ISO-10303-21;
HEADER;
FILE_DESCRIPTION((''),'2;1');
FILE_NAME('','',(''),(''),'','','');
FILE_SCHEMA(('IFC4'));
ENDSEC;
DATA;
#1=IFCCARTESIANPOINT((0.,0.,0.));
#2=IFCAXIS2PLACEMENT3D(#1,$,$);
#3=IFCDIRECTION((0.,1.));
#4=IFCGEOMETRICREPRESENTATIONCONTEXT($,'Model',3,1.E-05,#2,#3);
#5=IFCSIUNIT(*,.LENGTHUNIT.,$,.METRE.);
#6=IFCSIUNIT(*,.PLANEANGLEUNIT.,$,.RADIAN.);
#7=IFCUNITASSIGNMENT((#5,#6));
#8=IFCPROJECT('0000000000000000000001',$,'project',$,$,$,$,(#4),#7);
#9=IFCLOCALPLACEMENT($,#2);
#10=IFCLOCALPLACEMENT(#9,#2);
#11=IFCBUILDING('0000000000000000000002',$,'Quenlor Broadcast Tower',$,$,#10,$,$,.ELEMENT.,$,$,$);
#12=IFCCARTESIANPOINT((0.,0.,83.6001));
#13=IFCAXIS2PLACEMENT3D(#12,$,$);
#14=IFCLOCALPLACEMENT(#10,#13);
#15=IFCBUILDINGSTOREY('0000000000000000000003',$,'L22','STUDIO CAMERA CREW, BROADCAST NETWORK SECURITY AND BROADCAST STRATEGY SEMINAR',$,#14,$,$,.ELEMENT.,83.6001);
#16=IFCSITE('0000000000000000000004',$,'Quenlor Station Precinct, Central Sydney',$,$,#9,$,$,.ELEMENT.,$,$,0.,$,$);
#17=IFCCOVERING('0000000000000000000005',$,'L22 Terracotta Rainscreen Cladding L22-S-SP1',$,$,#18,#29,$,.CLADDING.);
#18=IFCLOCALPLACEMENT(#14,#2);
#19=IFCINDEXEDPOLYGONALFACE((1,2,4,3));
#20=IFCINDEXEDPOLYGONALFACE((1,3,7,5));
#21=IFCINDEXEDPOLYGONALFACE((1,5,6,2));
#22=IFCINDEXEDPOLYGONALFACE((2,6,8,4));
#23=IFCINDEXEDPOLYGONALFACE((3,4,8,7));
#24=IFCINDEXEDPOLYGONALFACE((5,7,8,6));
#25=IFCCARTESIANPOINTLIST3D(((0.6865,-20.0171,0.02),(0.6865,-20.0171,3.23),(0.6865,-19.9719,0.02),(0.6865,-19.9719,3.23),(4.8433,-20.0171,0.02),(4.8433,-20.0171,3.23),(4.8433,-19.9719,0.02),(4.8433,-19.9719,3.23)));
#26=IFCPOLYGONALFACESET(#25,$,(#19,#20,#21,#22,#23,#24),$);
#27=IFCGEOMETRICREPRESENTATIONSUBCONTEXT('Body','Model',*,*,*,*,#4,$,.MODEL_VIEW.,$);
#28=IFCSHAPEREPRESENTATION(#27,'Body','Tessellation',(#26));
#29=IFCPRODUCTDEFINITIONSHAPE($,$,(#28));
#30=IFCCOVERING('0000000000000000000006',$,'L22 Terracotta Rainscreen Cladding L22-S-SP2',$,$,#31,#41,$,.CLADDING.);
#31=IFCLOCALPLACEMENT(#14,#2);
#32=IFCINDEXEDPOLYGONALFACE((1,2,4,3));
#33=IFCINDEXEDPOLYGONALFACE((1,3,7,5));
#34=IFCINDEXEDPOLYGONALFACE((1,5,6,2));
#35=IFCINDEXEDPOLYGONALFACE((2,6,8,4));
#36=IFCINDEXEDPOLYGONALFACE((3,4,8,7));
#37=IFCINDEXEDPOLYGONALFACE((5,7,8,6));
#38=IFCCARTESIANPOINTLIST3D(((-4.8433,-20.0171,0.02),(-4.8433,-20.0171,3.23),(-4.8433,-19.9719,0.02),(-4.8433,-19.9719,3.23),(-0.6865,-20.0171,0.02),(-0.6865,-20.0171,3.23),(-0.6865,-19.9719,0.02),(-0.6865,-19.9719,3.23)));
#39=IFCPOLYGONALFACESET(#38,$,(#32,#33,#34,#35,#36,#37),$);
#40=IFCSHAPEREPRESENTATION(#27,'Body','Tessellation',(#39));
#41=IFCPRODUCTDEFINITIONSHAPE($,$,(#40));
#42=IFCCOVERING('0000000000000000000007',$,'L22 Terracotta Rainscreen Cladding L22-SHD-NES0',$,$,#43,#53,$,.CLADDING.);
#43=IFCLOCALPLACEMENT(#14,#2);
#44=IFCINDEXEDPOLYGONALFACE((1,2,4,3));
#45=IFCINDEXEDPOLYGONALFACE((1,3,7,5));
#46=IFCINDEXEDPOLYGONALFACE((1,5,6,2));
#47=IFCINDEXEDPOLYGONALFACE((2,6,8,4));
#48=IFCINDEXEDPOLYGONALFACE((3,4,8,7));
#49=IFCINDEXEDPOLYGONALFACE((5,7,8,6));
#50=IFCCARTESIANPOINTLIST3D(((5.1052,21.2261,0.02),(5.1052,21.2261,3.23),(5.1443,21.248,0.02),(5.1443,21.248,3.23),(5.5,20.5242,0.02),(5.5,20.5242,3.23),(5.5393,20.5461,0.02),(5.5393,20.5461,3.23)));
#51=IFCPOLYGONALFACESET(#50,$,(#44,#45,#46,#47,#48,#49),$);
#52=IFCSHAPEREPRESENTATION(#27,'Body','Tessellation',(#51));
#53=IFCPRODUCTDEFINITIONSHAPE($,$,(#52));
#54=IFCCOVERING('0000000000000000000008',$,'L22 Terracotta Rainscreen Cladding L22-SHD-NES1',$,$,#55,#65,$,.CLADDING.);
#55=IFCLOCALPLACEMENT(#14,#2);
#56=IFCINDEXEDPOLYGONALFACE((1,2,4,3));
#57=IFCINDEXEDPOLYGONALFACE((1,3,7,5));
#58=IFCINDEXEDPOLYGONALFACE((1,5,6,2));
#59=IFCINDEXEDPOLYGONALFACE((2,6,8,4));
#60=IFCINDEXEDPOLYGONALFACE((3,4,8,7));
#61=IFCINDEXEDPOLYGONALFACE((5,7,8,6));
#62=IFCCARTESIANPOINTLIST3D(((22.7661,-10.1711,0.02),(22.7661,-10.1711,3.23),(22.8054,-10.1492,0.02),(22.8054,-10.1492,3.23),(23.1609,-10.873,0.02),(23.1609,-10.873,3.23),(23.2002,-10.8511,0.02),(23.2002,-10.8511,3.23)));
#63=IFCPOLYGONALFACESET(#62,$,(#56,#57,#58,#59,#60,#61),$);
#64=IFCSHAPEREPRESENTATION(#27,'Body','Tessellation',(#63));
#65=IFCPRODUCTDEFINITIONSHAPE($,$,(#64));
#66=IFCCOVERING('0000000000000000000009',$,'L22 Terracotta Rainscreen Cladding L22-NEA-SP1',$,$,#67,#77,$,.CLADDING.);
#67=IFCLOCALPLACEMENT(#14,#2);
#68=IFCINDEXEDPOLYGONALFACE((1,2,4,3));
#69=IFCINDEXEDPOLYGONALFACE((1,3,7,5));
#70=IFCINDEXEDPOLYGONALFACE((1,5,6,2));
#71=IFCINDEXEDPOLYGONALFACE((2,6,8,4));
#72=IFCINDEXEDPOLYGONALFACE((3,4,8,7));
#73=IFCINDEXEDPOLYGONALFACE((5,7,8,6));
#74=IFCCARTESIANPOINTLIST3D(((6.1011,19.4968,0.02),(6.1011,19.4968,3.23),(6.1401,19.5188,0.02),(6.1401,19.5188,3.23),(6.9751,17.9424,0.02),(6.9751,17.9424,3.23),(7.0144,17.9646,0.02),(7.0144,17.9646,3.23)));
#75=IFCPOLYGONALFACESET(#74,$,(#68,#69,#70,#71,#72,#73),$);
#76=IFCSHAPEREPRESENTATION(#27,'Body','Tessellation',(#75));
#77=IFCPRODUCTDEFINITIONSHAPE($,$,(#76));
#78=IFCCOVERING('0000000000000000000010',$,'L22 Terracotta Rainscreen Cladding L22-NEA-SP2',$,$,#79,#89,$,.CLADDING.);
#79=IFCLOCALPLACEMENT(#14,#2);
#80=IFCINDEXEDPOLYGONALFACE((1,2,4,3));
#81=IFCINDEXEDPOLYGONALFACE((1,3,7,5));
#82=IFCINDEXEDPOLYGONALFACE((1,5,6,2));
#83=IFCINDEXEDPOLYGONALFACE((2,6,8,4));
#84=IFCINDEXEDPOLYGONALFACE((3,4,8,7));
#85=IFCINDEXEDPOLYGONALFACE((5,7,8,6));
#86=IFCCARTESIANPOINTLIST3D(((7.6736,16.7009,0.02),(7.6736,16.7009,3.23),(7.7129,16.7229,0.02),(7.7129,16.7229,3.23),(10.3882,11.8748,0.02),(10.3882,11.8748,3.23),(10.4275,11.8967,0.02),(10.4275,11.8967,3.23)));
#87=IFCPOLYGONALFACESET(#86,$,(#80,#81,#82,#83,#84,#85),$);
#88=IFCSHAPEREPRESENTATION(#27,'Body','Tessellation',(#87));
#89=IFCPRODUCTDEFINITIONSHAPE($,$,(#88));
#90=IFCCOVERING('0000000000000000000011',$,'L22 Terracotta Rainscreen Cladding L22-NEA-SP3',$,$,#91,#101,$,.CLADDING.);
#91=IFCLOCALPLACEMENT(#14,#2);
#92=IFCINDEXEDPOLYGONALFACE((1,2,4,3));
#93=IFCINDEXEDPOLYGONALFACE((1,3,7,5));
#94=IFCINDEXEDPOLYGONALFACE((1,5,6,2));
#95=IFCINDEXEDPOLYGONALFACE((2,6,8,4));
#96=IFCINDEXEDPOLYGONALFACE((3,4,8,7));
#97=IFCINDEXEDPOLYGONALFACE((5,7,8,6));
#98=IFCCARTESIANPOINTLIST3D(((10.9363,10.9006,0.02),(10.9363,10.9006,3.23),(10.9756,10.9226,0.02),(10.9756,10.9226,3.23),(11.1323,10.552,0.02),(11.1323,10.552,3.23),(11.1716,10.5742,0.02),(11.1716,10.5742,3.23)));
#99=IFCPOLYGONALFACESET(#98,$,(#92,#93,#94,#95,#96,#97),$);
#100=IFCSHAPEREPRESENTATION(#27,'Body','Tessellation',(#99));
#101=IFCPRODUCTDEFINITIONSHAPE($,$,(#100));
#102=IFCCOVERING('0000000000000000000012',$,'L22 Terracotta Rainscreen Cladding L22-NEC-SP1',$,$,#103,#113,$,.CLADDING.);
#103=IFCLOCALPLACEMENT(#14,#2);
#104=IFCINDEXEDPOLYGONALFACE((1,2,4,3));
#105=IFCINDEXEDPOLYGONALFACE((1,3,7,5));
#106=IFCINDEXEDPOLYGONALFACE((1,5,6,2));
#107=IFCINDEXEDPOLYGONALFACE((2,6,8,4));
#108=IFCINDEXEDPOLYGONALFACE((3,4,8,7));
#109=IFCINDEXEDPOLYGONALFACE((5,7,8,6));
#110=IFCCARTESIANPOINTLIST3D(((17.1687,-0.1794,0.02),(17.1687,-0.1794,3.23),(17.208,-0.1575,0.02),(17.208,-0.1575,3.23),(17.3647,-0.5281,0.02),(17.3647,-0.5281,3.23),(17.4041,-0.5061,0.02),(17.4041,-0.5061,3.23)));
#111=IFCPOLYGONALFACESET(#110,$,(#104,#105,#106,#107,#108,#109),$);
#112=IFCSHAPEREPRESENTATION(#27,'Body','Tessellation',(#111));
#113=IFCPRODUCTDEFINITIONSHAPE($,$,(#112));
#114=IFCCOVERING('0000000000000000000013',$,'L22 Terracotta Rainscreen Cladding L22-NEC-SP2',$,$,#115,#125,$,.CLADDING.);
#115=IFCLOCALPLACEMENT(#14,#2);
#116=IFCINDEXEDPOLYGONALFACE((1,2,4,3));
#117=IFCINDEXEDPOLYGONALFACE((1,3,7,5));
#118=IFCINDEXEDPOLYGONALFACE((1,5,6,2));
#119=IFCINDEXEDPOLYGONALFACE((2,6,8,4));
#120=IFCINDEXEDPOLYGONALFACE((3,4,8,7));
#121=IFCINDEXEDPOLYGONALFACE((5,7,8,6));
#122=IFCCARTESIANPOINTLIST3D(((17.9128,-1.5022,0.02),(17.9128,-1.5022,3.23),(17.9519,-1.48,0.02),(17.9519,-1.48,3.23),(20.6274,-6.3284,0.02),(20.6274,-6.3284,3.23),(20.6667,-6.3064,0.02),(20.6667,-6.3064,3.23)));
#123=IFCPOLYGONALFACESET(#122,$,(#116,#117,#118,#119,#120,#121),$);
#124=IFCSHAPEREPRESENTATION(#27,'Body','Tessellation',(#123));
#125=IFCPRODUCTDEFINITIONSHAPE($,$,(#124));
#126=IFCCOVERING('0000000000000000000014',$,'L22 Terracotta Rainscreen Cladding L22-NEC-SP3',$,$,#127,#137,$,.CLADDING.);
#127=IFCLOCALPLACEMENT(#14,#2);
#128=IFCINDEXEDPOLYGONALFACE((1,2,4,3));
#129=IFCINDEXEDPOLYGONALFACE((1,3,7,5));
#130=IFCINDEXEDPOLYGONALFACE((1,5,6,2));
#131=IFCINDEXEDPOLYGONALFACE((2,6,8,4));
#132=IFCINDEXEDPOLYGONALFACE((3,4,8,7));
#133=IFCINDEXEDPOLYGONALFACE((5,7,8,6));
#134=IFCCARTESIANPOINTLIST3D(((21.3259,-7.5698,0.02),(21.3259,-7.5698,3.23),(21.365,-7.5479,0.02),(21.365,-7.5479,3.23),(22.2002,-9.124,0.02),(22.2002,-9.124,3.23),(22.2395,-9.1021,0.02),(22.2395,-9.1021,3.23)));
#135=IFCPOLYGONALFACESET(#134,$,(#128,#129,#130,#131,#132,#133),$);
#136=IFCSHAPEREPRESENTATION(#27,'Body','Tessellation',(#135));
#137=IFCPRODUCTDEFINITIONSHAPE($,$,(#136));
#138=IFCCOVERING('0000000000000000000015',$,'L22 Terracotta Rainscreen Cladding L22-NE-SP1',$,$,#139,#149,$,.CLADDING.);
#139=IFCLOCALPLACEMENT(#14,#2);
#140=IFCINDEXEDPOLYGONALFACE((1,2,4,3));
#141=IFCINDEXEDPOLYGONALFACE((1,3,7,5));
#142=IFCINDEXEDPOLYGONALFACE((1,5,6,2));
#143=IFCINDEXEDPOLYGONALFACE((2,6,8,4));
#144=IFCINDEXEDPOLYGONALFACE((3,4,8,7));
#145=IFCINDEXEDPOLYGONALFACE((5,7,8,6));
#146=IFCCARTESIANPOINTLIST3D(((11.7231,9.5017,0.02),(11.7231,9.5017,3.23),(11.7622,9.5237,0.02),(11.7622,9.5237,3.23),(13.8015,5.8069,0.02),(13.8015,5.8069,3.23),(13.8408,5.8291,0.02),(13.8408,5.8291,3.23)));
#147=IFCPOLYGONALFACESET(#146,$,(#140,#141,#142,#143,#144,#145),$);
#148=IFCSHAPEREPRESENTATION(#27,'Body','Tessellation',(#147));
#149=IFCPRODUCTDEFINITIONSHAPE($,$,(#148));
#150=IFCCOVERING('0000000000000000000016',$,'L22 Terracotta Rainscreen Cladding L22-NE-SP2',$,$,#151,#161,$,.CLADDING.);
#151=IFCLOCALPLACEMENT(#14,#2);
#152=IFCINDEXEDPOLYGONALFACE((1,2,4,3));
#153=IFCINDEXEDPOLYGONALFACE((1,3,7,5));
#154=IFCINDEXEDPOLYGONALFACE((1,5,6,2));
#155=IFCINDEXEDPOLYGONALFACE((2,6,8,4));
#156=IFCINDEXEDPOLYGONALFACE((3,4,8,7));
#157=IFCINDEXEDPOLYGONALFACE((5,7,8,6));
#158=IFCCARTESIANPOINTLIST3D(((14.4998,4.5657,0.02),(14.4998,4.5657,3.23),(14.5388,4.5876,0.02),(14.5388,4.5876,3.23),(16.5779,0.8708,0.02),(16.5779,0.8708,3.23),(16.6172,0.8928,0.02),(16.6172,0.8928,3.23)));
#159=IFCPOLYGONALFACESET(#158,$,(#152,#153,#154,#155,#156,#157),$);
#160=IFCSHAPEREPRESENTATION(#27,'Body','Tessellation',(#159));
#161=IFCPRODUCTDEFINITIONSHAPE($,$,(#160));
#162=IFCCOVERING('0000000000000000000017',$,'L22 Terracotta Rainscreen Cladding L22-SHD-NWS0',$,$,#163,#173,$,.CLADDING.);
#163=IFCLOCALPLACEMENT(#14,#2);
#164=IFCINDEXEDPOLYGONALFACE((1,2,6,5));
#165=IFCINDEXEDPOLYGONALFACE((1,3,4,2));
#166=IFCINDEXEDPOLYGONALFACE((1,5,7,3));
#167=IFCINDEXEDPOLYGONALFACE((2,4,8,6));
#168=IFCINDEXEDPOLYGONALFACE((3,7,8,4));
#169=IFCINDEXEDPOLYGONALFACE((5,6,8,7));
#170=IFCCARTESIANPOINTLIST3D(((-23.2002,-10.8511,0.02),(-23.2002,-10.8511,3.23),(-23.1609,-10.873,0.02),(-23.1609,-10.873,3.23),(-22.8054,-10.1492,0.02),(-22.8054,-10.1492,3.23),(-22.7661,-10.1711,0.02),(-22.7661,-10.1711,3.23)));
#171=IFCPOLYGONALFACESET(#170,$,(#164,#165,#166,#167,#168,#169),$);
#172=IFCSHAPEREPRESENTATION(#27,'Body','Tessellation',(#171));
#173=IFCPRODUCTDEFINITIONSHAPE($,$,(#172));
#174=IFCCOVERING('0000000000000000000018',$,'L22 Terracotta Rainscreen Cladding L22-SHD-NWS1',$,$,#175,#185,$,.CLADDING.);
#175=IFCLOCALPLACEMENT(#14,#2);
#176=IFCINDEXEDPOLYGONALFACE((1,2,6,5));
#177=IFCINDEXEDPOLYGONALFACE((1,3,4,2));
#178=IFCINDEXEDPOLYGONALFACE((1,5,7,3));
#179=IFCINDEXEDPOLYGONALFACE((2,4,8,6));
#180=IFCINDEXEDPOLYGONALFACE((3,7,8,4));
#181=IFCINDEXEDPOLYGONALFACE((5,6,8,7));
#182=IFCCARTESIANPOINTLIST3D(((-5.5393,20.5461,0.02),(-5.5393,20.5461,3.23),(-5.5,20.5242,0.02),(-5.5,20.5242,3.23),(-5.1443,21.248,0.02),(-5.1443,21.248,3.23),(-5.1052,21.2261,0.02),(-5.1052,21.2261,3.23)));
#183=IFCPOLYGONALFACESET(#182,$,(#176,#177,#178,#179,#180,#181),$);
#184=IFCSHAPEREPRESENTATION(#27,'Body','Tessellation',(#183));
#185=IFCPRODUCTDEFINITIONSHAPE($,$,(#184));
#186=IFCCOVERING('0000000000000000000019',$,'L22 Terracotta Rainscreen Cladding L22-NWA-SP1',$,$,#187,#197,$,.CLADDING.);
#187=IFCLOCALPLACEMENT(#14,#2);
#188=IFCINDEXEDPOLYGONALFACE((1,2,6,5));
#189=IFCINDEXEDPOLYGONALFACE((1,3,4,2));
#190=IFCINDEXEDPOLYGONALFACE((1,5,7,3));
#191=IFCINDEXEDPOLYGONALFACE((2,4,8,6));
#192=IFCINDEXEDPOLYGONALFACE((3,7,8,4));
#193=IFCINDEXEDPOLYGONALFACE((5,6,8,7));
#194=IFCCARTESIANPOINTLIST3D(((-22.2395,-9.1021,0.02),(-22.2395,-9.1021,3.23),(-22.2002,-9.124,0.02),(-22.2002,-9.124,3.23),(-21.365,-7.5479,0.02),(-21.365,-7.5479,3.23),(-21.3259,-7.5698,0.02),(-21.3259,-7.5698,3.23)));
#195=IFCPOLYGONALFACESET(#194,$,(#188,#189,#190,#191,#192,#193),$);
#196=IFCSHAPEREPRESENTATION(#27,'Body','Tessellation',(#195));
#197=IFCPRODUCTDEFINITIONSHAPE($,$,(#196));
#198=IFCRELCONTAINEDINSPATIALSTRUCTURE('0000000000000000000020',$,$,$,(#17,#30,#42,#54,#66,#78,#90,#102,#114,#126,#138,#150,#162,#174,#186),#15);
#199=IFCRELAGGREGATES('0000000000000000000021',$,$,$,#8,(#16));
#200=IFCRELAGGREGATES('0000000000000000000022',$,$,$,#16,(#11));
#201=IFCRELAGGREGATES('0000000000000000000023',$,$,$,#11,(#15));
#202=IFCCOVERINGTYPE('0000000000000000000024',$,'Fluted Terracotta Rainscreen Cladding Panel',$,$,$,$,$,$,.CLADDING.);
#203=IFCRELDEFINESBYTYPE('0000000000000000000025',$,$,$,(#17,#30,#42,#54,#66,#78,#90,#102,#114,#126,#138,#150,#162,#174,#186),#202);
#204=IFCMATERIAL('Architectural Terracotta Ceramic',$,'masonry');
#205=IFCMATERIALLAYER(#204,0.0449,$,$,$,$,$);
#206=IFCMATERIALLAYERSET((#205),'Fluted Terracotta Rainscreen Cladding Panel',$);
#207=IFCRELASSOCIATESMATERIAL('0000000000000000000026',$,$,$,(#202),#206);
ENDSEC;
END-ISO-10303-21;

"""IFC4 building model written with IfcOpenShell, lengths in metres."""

from ifc_helpers import new_model, si_unit, direction, frame, origin, place, context, subcontext, project, spatial, polyline, outline, extrude, material, layer, layer_set, type_object, element, save


model = new_model("IFC4")

# Units and contexts
model_context = context("Model", 3, precision=1e-05, world=origin(), true_north=direction((0.0, 1.0)))
body_context = subcontext(model_context, "Body", "Model", "MODEL_VIEW")
ifc_project = project(units=[si_unit("LENGTHUNIT", "METRE"), si_unit("PLANEANGLEUNIT", "RADIAN")], contexts=[model_context])

# Site, building, storey
site_placement = place(None, origin())
site = spatial("IfcSite", under=ifc_project, at=site_placement, Name="Quenlor Station Precinct, Central Sydney", CompositionType="ELEMENT", RefElevation=0.0)
building_placement = place(site_placement, origin())
building = spatial("IfcBuilding", under=site, at=building_placement, Name="Quenlor Broadcast Tower", CompositionType="ELEMENT")
storey_placement = place(building_placement, frame((0.0, 0.0, 83.6001)))
storey = spatial("IfcBuildingStorey", under=building, at=storey_placement, Name="L22", Description="STUDIO CAMERA CREW, BROADCAST NETWORK SECURITY AND BROADCAST STRATEGY SEMINAR", CompositionType="ELEMENT", Elevation=83.6001)

# Coverings
ifc_material_1 = material(Name="Architectural Terracotta Ceramic", Category="masonry")
ifc_layer_1 = layer(ifc_material_1, 0.0449)
ifc_layer_set_1 = layer_set([ifc_layer_1], Name="Fluted Terracotta Rainscreen Cladding Panel")
covering_type = type_object("IfcCoveringType", Name="Fluted Terracotta Rainscreen Cladding Panel", PredefinedType="CLADDING", material=ifc_layer_set_1)
covering_1_placement = place(storey_placement, frame((0.0, 0.0, 0.02)))
element("IfcCovering", 1, at=covering_1_placement, inside=storey, type_object=covering_type, Name="L22 Terracotta Rainscreen Cladding L22-S-SP1", PredefinedType="CLADDING", context=body_context, shape_type="SweptSolid", body=[
    extrude(outline(polyline([(4.8433, -19.9719), (0.6865, -19.9719), (0.6865, -20.0171), (4.8433, -20.0171), (4.8433, -19.9719)])), origin(), (0.0, 0.0, 1.0), 3.21),
])
covering_2_placement = place(storey_placement, frame((0.0, 0.0, 0.02)))
element("IfcCovering", 2, at=covering_2_placement, inside=storey, type_object=covering_type, Name="L22 Terracotta Rainscreen Cladding L22-S-SP2", PredefinedType="CLADDING", context=body_context, shape_type="SweptSolid", body=[
    extrude(outline(polyline([(-0.6865, -19.9719), (-4.8433, -19.9719), (-4.8433, -20.0171), (-0.6865, -20.0171), (-0.6865, -19.9719)])), origin(), (0.0, 0.0, 1.0), 3.21),
])
covering_3_placement = place(storey_placement, frame((0.0, 0.0, 0.02)))
element("IfcCovering", 3, at=covering_3_placement, inside=storey, type_object=covering_type, Name="L22 Terracotta Rainscreen Cladding L22-SHD-NES0", PredefinedType="CLADDING", context=body_context, shape_type="SweptSolid", body=[
    extrude(outline(polyline([(5.1052, 21.2261), (5.5, 20.5242), (5.5393, 20.5461), (5.1443, 21.248), (5.1052, 21.2261)])), origin(), (0.0, 0.0, 1.0), 3.21),
])
covering_4_placement = place(storey_placement, frame((0.0, 0.0, 0.02)))
element("IfcCovering", 4, at=covering_4_placement, inside=storey, type_object=covering_type, Name="L22 Terracotta Rainscreen Cladding L22-SHD-NES1", PredefinedType="CLADDING", context=body_context, shape_type="SweptSolid", body=[
    extrude(outline(polyline([(22.7661, -10.1711), (23.1609, -10.873), (23.2002, -10.8511), (22.8054, -10.1492), (22.7661, -10.1711)])), origin(), (0.0, 0.0, 1.0), 3.21),
])
covering_5_placement = place(storey_placement, frame((0.0, 0.0, 0.02)))
element("IfcCovering", 5, at=covering_5_placement, inside=storey, type_object=covering_type, Name="L22 Terracotta Rainscreen Cladding L22-NEA-SP1", PredefinedType="CLADDING", context=body_context, shape_type="SweptSolid", body=[
    extrude(outline(polyline([(6.1011, 19.4968), (6.9751, 17.9424), (7.0144, 17.9646), (6.1401, 19.5188), (6.1011, 19.4968)])), origin(), (0.0, 0.0, 1.0), 3.21),
])
covering_6_placement = place(storey_placement, frame((0.0, 0.0, 0.02)))
element("IfcCovering", 6, at=covering_6_placement, inside=storey, type_object=covering_type, Name="L22 Terracotta Rainscreen Cladding L22-NEA-SP2", PredefinedType="CLADDING", context=body_context, shape_type="SweptSolid", body=[
    extrude(outline(polyline([(7.6736, 16.7009), (10.3882, 11.8748), (10.4275, 11.8967), (7.7129, 16.7229), (7.6736, 16.7009)])), origin(), (0.0, 0.0, 1.0), 3.21),
])
covering_7_placement = place(storey_placement, frame((0.0, 0.0, 0.02)))
element("IfcCovering", 7, at=covering_7_placement, inside=storey, type_object=covering_type, Name="L22 Terracotta Rainscreen Cladding L22-NEA-SP3", PredefinedType="CLADDING", context=body_context, shape_type="SweptSolid", body=[
    extrude(outline(polyline([(10.9363, 10.9006), (11.1323, 10.552), (11.1716, 10.5742), (10.9756, 10.9226), (10.9363, 10.9006)])), origin(), (0.0, 0.0, 1.0), 3.21),
])
covering_8_placement = place(storey_placement, frame((0.0, 0.0, 0.02)))
element("IfcCovering", 8, at=covering_8_placement, inside=storey, type_object=covering_type, Name="L22 Terracotta Rainscreen Cladding L22-NEC-SP1", PredefinedType="CLADDING", context=body_context, shape_type="SweptSolid", body=[
    extrude(outline(polyline([(17.1687, -0.1794), (17.3647, -0.5281), (17.4041, -0.5061), (17.208, -0.1575), (17.1687, -0.1794)])), origin(), (0.0, 0.0, 1.0), 3.21),
])
covering_9_placement = place(storey_placement, frame((0.0, 0.0, 0.02)))
element("IfcCovering", 9, at=covering_9_placement, inside=storey, type_object=covering_type, Name="L22 Terracotta Rainscreen Cladding L22-NEC-SP2", PredefinedType="CLADDING", context=body_context, shape_type="SweptSolid", body=[
    extrude(outline(polyline([(17.9128, -1.5022), (20.6274, -6.3284), (20.6667, -6.3064), (17.9519, -1.48), (17.9128, -1.5022)])), origin(), (0.0, 0.0, 1.0), 3.21),
])
covering_10_placement = place(storey_placement, frame((0.0, 0.0, 0.02)))
element("IfcCovering", 10, at=covering_10_placement, inside=storey, type_object=covering_type, Name="L22 Terracotta Rainscreen Cladding L22-NEC-SP3", PredefinedType="CLADDING", context=body_context, shape_type="SweptSolid", body=[
    extrude(outline(polyline([(21.3259, -7.5698), (22.2002, -9.124), (22.2395, -9.1021), (21.365, -7.5479), (21.3259, -7.5698)])), origin(), (0.0, 0.0, 1.0), 3.21),
])
covering_11_placement = place(storey_placement, frame((0.0, 0.0, 0.02)))
element("IfcCovering", 11, at=covering_11_placement, inside=storey, type_object=covering_type, Name="L22 Terracotta Rainscreen Cladding L22-NE-SP1", PredefinedType="CLADDING", context=body_context, shape_type="SweptSolid", body=[
    extrude(outline(polyline([(11.7231, 9.5017), (13.8015, 5.8069), (13.8408, 5.8291), (11.7622, 9.5237), (11.7231, 9.5017)])), origin(), (0.0, 0.0, 1.0), 3.21),
])
covering_12_placement = place(storey_placement, frame((0.0, 0.0, 0.02)))
element("IfcCovering", 12, at=covering_12_placement, inside=storey, type_object=covering_type, Name="L22 Terracotta Rainscreen Cladding L22-NE-SP2", PredefinedType="CLADDING", context=body_context, shape_type="SweptSolid", body=[
    extrude(outline(polyline([(14.4998, 4.5657), (16.5779, 0.8708), (16.6172, 0.8928), (14.5388, 4.5876), (14.4998, 4.5657)])), origin(), (0.0, 0.0, 1.0), 3.21),
])
covering_13_placement = place(storey_placement, frame((0.0, 0.0, 0.02)))
element("IfcCovering", 13, at=covering_13_placement, inside=storey, type_object=covering_type, Name="L22 Terracotta Rainscreen Cladding L22-SHD-NWS0", PredefinedType="CLADDING", context=body_context, shape_type="SweptSolid", body=[
    extrude(outline(polyline([(-23.1609, -10.873), (-22.7661, -10.1711), (-22.8054, -10.1492), (-23.2002, -10.8511), (-23.1609, -10.873)])), origin(), (0.0, 0.0, 1.0), 3.21),
])
covering_14_placement = place(storey_placement, frame((0.0, 0.0, 0.02)))
element("IfcCovering", 14, at=covering_14_placement, inside=storey, type_object=covering_type, Name="L22 Terracotta Rainscreen Cladding L22-SHD-NWS1", PredefinedType="CLADDING", context=body_context, shape_type="SweptSolid", body=[
    extrude(outline(polyline([(-5.5, 20.5242), (-5.1052, 21.2261), (-5.1443, 21.248), (-5.5393, 20.5461), (-5.5, 20.5242)])), origin(), (0.0, 0.0, 1.0), 3.21),
])
covering_15_placement = place(storey_placement, frame((0.0, 0.0, 0.02)))
element("IfcCovering", 15, at=covering_15_placement, inside=storey, type_object=covering_type, Name="L22 Terracotta Rainscreen Cladding L22-NWA-SP1", PredefinedType="CLADDING", context=body_context, shape_type="SweptSolid", body=[
    extrude(outline(polyline([(-22.2002, -9.124), (-21.3259, -7.5698), (-21.365, -7.5479), (-22.2395, -9.1021), (-22.2002, -9.124)])), origin(), (0.0, 0.0, 1.0), 3.21),
])

save(model, "model.ifc")
